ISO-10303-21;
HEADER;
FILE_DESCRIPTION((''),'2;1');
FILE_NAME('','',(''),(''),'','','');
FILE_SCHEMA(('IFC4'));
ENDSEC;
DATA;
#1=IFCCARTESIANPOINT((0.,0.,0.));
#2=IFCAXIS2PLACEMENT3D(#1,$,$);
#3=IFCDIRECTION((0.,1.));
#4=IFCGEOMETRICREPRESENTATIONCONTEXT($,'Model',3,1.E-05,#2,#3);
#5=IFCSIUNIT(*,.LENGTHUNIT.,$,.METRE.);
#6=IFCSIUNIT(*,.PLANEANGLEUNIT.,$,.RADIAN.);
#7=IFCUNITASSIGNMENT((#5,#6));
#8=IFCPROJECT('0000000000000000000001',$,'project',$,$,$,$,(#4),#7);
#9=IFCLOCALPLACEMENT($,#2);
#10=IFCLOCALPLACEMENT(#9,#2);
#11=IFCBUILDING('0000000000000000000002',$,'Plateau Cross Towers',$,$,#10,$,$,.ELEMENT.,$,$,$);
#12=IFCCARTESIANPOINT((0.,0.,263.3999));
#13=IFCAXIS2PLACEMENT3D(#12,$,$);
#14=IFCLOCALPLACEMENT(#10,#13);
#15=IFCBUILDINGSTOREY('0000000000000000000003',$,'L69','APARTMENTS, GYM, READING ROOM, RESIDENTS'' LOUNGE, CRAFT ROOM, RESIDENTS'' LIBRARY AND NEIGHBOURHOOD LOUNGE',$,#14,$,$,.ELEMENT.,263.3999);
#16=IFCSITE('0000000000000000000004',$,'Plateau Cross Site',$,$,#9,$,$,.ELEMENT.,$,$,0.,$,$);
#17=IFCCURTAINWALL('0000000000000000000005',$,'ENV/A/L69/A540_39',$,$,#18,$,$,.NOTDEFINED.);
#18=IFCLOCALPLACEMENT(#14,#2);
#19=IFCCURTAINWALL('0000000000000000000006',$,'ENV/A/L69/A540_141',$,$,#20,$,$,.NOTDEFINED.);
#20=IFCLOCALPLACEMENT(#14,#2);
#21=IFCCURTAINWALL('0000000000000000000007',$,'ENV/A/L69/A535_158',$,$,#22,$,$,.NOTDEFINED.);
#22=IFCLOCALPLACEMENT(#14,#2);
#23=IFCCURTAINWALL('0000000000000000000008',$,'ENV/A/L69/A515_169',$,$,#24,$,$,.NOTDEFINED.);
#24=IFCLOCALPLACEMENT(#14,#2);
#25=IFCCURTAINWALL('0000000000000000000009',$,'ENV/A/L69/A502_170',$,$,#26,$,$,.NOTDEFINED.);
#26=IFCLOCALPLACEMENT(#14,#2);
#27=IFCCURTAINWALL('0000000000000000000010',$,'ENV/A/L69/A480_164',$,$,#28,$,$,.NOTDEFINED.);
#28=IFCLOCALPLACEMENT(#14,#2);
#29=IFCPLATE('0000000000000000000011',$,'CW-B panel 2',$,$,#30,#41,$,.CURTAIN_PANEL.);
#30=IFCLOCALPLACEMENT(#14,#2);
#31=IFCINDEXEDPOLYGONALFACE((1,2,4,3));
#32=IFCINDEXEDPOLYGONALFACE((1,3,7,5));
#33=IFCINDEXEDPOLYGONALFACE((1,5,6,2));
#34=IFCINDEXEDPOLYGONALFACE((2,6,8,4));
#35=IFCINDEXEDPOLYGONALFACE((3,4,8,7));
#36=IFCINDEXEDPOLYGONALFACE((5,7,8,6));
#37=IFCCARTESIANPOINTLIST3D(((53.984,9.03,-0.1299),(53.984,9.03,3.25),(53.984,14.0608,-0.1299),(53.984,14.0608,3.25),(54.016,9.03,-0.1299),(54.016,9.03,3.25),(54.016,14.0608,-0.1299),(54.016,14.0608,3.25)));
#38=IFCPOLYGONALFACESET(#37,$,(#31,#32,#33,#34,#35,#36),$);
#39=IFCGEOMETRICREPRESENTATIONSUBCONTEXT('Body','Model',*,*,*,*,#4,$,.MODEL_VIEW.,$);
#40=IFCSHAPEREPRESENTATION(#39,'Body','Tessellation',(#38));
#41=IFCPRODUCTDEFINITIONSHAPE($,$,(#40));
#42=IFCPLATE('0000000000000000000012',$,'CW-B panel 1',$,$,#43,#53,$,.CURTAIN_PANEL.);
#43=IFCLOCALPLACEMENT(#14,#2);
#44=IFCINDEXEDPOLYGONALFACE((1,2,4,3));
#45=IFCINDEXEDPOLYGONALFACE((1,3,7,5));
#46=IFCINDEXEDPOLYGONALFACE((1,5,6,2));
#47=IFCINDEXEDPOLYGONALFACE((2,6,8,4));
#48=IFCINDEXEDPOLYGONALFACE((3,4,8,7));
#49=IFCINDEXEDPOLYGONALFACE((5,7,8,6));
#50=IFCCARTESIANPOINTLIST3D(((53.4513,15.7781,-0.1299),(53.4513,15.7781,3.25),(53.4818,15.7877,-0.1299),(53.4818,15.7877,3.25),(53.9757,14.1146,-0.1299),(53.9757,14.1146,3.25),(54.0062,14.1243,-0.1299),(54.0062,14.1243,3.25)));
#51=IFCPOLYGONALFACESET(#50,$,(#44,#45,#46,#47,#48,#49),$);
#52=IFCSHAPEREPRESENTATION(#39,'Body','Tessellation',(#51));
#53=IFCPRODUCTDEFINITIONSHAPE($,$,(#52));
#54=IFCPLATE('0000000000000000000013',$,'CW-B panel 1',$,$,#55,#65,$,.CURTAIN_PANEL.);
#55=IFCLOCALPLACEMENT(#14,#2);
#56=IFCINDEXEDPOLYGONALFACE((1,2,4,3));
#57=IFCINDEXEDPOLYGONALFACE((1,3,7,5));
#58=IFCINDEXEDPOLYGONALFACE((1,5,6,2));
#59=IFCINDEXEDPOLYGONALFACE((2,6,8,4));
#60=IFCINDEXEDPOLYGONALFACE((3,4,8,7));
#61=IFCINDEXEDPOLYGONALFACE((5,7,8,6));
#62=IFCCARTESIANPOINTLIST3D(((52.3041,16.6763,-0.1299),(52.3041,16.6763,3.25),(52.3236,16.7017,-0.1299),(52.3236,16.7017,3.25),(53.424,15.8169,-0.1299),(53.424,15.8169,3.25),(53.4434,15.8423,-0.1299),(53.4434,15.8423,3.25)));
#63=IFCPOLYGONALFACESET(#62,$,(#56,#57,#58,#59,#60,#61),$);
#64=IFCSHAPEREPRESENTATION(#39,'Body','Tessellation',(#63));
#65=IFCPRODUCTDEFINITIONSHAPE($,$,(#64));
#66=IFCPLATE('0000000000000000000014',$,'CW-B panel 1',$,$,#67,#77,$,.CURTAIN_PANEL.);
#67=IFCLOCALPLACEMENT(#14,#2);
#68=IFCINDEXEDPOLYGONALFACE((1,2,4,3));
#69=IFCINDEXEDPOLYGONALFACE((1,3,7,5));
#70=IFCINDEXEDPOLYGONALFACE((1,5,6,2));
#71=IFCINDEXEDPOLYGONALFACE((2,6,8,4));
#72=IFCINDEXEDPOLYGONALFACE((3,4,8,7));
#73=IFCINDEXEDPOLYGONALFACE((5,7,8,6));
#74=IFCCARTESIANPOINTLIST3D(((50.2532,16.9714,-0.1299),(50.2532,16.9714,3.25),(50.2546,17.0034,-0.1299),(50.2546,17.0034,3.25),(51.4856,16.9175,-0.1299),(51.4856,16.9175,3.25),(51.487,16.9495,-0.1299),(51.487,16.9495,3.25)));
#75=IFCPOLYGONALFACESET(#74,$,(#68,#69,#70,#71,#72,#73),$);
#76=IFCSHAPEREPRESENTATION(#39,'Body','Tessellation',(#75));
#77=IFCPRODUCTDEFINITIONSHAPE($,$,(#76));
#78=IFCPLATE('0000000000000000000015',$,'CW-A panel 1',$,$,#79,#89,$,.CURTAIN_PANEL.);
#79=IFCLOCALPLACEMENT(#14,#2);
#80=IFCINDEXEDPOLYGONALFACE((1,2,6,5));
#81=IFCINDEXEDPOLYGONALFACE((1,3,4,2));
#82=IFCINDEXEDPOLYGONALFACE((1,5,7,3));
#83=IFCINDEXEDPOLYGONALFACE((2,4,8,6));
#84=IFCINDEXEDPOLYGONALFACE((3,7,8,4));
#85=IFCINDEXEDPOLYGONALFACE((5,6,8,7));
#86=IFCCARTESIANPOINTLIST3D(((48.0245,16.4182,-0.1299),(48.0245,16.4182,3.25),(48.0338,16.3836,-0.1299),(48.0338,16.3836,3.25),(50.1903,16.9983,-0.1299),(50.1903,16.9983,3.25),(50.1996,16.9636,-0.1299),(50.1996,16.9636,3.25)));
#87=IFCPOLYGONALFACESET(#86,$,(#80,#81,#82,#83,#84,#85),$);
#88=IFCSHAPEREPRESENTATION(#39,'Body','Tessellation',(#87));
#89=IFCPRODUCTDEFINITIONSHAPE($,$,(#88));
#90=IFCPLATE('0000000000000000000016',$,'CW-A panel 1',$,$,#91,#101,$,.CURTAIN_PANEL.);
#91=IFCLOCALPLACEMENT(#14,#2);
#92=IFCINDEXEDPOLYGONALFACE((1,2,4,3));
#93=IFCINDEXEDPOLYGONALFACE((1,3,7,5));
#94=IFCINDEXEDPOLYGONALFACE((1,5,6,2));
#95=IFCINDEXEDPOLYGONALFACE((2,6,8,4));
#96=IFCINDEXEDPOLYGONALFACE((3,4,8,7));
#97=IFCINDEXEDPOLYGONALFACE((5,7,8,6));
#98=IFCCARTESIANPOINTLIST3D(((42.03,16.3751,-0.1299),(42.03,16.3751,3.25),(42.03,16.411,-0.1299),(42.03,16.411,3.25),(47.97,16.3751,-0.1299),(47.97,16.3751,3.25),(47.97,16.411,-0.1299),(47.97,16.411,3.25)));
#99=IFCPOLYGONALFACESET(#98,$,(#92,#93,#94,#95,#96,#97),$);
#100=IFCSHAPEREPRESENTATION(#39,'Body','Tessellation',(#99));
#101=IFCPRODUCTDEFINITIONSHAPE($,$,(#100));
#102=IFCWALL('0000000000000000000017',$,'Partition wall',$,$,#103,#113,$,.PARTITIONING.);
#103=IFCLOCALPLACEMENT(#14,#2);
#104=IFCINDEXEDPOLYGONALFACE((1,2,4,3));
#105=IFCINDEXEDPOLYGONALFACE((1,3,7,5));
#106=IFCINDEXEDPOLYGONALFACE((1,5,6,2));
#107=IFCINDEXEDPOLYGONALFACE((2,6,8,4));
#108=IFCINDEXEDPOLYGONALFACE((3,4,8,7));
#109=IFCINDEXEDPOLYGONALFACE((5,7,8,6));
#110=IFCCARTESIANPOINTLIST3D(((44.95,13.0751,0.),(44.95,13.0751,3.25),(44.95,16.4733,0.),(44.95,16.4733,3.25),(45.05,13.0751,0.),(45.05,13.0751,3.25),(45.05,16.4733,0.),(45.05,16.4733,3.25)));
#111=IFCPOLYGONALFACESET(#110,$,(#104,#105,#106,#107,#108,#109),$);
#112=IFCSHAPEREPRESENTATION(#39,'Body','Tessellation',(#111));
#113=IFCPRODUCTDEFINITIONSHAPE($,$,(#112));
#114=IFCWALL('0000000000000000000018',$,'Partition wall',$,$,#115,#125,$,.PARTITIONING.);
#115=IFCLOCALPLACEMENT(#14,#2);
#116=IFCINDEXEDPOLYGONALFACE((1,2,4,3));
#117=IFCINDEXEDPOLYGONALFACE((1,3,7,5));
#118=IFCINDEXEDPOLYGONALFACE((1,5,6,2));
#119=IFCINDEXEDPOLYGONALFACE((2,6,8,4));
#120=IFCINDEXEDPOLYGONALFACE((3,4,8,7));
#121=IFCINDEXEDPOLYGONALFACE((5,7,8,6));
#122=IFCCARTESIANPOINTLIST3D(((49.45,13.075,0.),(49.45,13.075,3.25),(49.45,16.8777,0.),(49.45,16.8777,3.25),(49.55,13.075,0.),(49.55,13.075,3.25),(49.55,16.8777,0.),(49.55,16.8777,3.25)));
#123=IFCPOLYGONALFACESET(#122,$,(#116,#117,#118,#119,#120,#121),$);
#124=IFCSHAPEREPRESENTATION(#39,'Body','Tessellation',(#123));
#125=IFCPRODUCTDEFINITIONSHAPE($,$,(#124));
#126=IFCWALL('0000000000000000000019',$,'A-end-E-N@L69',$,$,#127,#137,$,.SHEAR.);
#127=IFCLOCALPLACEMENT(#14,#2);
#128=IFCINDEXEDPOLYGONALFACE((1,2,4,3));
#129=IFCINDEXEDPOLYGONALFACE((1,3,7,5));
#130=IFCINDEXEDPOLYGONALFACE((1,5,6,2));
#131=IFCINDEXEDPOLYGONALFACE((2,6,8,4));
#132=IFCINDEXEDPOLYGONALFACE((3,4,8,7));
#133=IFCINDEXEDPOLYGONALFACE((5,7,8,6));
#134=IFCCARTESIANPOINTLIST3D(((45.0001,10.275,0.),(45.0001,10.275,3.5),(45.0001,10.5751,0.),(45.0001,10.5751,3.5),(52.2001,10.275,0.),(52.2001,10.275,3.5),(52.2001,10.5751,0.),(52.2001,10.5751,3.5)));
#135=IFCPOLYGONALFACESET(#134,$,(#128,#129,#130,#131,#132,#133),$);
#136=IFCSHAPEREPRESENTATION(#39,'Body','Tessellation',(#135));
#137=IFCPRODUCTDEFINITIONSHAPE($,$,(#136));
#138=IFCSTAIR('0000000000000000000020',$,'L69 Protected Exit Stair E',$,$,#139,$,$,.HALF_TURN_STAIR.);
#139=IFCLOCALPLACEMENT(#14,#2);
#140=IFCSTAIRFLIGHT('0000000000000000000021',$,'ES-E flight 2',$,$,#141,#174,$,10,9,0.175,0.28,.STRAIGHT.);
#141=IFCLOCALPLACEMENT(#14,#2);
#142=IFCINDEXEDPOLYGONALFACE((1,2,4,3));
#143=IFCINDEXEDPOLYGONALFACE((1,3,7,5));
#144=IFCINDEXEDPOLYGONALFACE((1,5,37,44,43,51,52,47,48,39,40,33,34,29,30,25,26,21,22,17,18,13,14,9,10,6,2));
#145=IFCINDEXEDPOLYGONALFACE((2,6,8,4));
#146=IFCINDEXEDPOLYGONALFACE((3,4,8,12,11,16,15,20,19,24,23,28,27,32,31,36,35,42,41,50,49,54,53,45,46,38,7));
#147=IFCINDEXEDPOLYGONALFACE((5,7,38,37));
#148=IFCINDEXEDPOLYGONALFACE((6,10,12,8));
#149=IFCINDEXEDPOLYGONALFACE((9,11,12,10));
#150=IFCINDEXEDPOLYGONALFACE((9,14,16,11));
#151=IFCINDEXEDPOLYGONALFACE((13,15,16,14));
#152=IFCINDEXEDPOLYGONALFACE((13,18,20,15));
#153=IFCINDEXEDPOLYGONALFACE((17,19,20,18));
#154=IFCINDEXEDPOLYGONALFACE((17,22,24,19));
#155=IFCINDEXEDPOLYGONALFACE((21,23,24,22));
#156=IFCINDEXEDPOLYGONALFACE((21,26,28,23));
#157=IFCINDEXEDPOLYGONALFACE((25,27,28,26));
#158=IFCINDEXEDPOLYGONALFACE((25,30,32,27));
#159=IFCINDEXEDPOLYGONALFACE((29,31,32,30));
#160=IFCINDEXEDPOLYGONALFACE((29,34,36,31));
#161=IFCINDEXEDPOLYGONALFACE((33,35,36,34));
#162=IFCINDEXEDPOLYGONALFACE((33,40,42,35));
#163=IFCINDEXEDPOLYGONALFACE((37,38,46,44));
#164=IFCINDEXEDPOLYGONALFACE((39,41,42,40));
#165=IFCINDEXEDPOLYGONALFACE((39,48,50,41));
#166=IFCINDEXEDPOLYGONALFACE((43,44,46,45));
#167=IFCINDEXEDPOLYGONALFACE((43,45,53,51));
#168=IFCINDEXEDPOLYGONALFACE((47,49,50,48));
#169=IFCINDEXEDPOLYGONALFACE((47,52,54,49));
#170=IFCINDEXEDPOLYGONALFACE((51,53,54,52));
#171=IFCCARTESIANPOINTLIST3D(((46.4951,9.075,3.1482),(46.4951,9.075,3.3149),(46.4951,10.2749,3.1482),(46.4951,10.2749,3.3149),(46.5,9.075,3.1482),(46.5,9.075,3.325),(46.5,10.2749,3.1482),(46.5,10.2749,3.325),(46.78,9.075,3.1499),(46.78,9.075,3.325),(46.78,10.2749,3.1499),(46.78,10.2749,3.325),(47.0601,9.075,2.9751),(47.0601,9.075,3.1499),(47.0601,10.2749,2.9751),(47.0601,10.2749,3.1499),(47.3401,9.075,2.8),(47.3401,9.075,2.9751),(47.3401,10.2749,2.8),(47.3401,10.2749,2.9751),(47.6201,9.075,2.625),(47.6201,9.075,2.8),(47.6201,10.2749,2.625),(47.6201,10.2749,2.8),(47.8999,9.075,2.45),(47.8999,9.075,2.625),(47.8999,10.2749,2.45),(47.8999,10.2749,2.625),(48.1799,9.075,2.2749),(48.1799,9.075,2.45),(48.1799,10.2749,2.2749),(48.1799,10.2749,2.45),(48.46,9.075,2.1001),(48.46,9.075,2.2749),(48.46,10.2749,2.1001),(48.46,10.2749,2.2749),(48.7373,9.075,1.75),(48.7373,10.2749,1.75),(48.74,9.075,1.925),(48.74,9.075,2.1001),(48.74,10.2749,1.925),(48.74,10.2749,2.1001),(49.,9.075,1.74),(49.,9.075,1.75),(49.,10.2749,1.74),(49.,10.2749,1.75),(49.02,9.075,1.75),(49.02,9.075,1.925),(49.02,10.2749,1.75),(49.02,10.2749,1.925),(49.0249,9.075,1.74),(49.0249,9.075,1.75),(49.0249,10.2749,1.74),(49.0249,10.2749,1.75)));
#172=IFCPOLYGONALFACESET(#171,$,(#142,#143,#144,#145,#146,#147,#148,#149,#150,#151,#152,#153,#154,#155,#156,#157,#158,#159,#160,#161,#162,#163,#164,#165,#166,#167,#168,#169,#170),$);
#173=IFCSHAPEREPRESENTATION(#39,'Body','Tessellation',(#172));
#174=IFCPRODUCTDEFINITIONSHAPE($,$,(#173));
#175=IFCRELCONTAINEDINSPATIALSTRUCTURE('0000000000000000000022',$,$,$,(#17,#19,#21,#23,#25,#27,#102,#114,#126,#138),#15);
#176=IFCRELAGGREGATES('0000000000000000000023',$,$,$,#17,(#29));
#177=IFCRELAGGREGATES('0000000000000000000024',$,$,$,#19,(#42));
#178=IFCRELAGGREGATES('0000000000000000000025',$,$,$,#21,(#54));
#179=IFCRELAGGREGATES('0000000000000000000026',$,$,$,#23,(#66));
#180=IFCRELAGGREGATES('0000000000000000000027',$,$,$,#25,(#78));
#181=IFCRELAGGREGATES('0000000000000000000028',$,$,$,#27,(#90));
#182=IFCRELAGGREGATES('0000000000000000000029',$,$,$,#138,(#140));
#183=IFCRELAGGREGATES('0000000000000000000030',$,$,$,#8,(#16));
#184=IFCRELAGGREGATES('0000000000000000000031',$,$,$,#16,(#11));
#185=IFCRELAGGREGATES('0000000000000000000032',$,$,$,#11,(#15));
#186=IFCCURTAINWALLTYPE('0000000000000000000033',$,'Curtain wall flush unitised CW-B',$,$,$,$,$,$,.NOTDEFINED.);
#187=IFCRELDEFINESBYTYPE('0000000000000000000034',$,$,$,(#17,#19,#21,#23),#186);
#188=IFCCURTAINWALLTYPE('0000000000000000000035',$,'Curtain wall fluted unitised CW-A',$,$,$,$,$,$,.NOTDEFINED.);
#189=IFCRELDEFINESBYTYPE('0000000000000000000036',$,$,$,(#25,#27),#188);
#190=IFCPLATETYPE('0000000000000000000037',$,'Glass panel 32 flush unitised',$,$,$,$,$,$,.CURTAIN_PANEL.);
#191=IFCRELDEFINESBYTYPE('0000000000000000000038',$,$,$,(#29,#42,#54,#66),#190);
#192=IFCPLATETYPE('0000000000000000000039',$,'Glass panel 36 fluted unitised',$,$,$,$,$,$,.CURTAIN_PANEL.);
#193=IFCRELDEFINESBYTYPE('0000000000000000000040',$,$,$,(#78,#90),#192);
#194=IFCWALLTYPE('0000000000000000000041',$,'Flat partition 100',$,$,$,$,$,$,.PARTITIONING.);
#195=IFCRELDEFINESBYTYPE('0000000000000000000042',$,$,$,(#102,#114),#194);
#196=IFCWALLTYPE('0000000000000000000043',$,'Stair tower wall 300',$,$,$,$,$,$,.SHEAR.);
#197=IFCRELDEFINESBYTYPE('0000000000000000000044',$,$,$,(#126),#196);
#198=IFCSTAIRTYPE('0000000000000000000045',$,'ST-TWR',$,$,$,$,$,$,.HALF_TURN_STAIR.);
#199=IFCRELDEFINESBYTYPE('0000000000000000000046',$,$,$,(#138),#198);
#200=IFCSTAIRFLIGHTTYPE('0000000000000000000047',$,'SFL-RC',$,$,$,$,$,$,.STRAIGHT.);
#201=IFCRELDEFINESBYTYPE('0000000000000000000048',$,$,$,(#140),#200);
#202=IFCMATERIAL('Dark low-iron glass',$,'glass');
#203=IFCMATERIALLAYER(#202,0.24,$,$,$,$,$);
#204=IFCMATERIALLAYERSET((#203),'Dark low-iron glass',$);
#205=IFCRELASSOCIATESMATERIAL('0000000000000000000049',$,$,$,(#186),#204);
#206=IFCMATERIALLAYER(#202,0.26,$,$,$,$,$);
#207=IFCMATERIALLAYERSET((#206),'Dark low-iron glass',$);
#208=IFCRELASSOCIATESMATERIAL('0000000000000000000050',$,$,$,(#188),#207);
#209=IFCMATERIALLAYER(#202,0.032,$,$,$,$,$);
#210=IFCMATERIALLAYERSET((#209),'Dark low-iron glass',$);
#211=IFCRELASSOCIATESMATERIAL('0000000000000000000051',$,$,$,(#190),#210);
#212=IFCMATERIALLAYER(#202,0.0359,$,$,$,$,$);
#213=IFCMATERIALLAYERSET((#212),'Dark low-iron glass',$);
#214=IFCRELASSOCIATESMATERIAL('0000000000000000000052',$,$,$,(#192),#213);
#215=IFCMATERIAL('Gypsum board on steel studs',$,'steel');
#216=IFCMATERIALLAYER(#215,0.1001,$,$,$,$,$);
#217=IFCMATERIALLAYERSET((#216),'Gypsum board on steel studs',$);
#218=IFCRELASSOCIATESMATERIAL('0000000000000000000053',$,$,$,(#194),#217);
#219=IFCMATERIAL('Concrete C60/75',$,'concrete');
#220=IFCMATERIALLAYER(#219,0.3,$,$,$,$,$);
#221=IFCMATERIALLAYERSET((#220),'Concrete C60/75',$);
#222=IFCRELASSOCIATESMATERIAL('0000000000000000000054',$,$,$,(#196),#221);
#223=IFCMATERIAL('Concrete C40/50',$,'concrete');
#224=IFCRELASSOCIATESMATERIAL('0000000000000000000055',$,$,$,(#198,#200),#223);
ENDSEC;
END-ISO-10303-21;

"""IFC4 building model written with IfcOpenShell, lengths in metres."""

from ifc_helpers import new_model, si_unit, direction, frame, frame_2d, origin, origin_2d, place, context, subcontext, project, spatial, polyline, rectangle, outline, extrude, material, layer, layer_set, type_object, element, aggregate, save


model = new_model("IFC4")

# Units and contexts
model_context = context("Model", 3, precision=1e-05, world=origin(), true_north=direction((0.0, 1.0)))
body_context = subcontext(model_context, "Body", "Model", "MODEL_VIEW")
ifc_project = project(units=[si_unit("LENGTHUNIT", "METRE"), si_unit("PLANEANGLEUNIT", "RADIAN")], contexts=[model_context])

# Site, building, storey
site_placement = place(None, origin())
site = spatial("IfcSite", under=ifc_project, at=site_placement, Name="Plateau Cross Site", CompositionType="ELEMENT", RefElevation=0.0)
building_placement = place(site_placement, origin())
building = spatial("IfcBuilding", under=site, at=building_placement, Name="Plateau Cross Towers", CompositionType="ELEMENT")
storey_placement = place(building_placement, frame((0.0, 0.0, 263.3999)))
storey = spatial("IfcBuildingStorey", under=building, at=storey_placement, Name="L69", Description="APARTMENTS, GYM, READING ROOM, RESIDENTS' LOUNGE, CRAFT ROOM, RESIDENTS' LIBRARY AND NEIGHBOURHOOD LOUNGE", CompositionType="ELEMENT", Elevation=263.3999)

# Shared definitions
ifc_material_1 = material(Name="Concrete C60/75", Category="concrete")

# Curtain walls
ifc_material_2 = material(Name="Dark low-iron glass", Category="glass")
ifc_layer_1 = layer(ifc_material_2, 0.24)
ifc_layer_set_1 = layer_set([ifc_layer_1], Name="Dark low-iron glass")
curtain_wall_type_1 = type_object("IfcCurtainWallType", Name="Curtain wall flush unitised CW-B", PredefinedType="NOTDEFINED", material=ifc_layer_set_1)
curtain_wall_1_placement = place(storey_placement, origin())
curtain_wall_1 = element("IfcCurtainWall", 1, at=curtain_wall_1_placement, inside=storey, type_object=curtain_wall_type_1, Name="ENV/A/L69/A540_39", PredefinedType="NOTDEFINED")
curtain_wall_2_placement = place(storey_placement, origin())
curtain_wall_2 = element("IfcCurtainWall", 2, at=curtain_wall_2_placement, inside=storey, type_object=curtain_wall_type_1, Name="ENV/A/L69/A540_141", PredefinedType="NOTDEFINED")

# Curtain wall
curtain_wall_3_placement = place(storey_placement, origin())
curtain_wall_3 = element("IfcCurtainWall", 3, at=curtain_wall_3_placement, inside=storey, type_object=curtain_wall_type_1, Name="ENV/A/L69/A535_158", PredefinedType="NOTDEFINED")

# Curtain walls
curtain_wall_4_placement = place(storey_placement, origin())
curtain_wall_4 = element("IfcCurtainWall", 4, at=curtain_wall_4_placement, inside=storey, type_object=curtain_wall_type_1, Name="ENV/A/L69/A515_169", PredefinedType="NOTDEFINED")
ifc_layer_2 = layer(ifc_material_2, 0.26)
ifc_layer_set_2 = layer_set([ifc_layer_2], Name="Dark low-iron glass")
curtain_wall_type_2 = type_object("IfcCurtainWallType", Name="Curtain wall fluted unitised CW-A", PredefinedType="NOTDEFINED", material=ifc_layer_set_2)
curtain_wall_5_placement = place(storey_placement, origin())
curtain_wall_5 = element("IfcCurtainWall", 5, at=curtain_wall_5_placement, inside=storey, type_object=curtain_wall_type_2, Name="ENV/A/L69/A502_170", PredefinedType="NOTDEFINED")
curtain_wall_6_placement = place(storey_placement, origin())
curtain_wall_6 = element("IfcCurtainWall", 6, at=curtain_wall_6_placement, inside=storey, type_object=curtain_wall_type_2, Name="ENV/A/L69/A480_164", PredefinedType="NOTDEFINED")

# Plates
ifc_layer_3 = layer(ifc_material_2, 0.032)
ifc_layer_set_3 = layer_set([ifc_layer_3], Name="Dark low-iron glass")
plate_type_1 = type_object("IfcPlateType", Name="Glass panel 32 flush unitised", PredefinedType="CURTAIN_PANEL", material=ifc_layer_set_3)
plate_1_placement = place(storey_placement, frame((54.0, 11.5454, -0.1299), z_axis=(0.0, 0.0, 1.0), x_axis=(0.0, 1.0, 0.0)))
plate_1 = element("IfcPlate", 7, at=plate_1_placement, type_object=plate_type_1, Name="CW-B panel 2", PredefinedType="CURTAIN_PANEL", context=body_context, shape_type="SweptSolid", body=[
    extrude(rectangle(XDim=5.0308, YDim=0.032, at=origin_2d()), origin(), (0.0, 0.0, 1.0), 3.3799),
])
aggregate(curtain_wall_1, [plate_1])
plate_2_placement = place(storey_placement, frame((53.7288, 14.9512, -0.1299), z_axis=(0.0, 0.0, 1.0), x_axis=(-0.300686, 0.953723, 0.0)))
plate_2 = element("IfcPlate", 8, at=plate_2_placement, type_object=plate_type_1, Name="CW-B panel 1", PredefinedType="CURTAIN_PANEL", context=body_context, shape_type="SweptSolid", body=[
    extrude(rectangle(XDim=1.7441, YDim=0.032, at=origin_2d()), origin(), (0.0, 0.0, 1.0), 3.3799),
])
aggregate(curtain_wall_2, [plate_2])
plate_3_placement = place(storey_placement, frame((52.8738, 16.2593, -0.1299), z_axis=(0.0, 0.0, 1.0), x_axis=(-0.793316, 0.608811, 0.0)))
plate_3 = element("IfcPlate", 9, at=plate_3_placement, type_object=plate_type_1, Name="CW-B panel 1", PredefinedType="CURTAIN_PANEL", context=body_context, shape_type="SweptSolid", body=[
    extrude(rectangle(XDim=1.4116, YDim=0.032, at=origin_2d()), origin(), (0.0, 0.0, 1.0), 3.3799),
])
aggregate(curtain_wall_3, [plate_3])
plate_4_placement = place(storey_placement, frame((50.8701, 16.9604, -0.1299), z_axis=(0.0, 0.0, 1.0), x_axis=(-0.999044, 0.043723, 0.0)))
plate_4 = element("IfcPlate", 10, at=plate_4_placement, type_object=plate_type_1, Name="CW-B panel 1", PredefinedType="CURTAIN_PANEL", context=body_context, shape_type="SweptSolid", body=[
    extrude(rectangle(XDim=1.2336, YDim=0.032, at=origin_2d()), origin(), (0.0, 0.0, 1.0), 3.3799),
])
aggregate(curtain_wall_4, [plate_4])
ifc_layer_4 = layer(ifc_material_2, 0.0359)
ifc_layer_set_4 = layer_set([ifc_layer_4], Name="Dark low-iron glass")
plate_type_2 = type_object("IfcPlateType", Name="Glass panel 36 fluted unitised", PredefinedType="CURTAIN_PANEL", material=ifc_layer_set_4)
plate_5_placement = place(storey_placement, frame((49.1121, 16.6909, -0.1299), z_axis=(0.0, 0.0, 1.0), x_axis=(-0.965958, -0.258699, 0.0)))
plate_5 = element("IfcPlate", 11, at=plate_5_placement, type_object=plate_type_2, Name="CW-A panel 1", PredefinedType="CURTAIN_PANEL", context=body_context, shape_type="SweptSolid", body=[
    extrude(rectangle(XDim=2.2422, YDim=0.0359, at=origin_2d()), origin(), (0.0, 0.0, 1.0), 3.3799),
])
aggregate(curtain_wall_5, [plate_5])
plate_6_placement = place(storey_placement, frame((45.0, 16.3931, -0.1299), z_axis=(0.0, 0.0, 1.0), x_axis=(-1.0, 0.0, 0.0)))
plate_6 = element("IfcPlate", 12, at=plate_6_placement, type_object=plate_type_2, Name="CW-A panel 1", PredefinedType="CURTAIN_PANEL", context=body_context, shape_type="SweptSolid", body=[
    extrude(rectangle(XDim=5.9399, YDim=0.0359, at=origin_2d()), origin(), (0.0, 0.0, 1.0), 3.3799),
])
aggregate(curtain_wall_6, [plate_6])

# Walls
ifc_material_3 = material(Name="Gypsum board on steel studs", Category="steel")
ifc_layer_5 = layer(ifc_material_3, 0.1001)
ifc_layer_set_5 = layer_set([ifc_layer_5], Name="Gypsum board on steel studs")
wall_type_1 = type_object("IfcWallType", Name="Flat partition 100", PredefinedType="PARTITIONING", material=ifc_layer_set_5)
wall_1_placement = place(storey_placement, frame((45.0, 13.075, 0.0), z_axis=(0.0, 0.0, 1.0), x_axis=(0.0, 1.0, 0.0)))
element("IfcWall", 13, at=wall_1_placement, inside=storey, type_object=wall_type_1, Name="Partition wall", PredefinedType="PARTITIONING", context=body_context, shape_type="SweptSolid", body=[
    extrude(rectangle(XDim=3.3982, YDim=0.1001, at=frame_2d((1.6992, 0.0))), origin(), (0.0, 0.0, 1.0), 3.25),
])
wall_2_placement = place(storey_placement, frame((49.5, 13.075, 0.0), z_axis=(0.0, 0.0, 1.0), x_axis=(0.0, 1.0, 0.0)))
element("IfcWall", 14, at=wall_2_placement, inside=storey, type_object=wall_type_1, Name="Partition wall", PredefinedType="PARTITIONING", context=body_context, shape_type="SweptSolid", body=[
    extrude(rectangle(XDim=3.8027, YDim=0.1001, at=frame_2d((1.9014, 0.0))), origin(), (0.0, 0.0, 1.0), 3.25),
])
ifc_layer_6 = layer(ifc_material_1, 0.3)
ifc_layer_set_6 = layer_set([ifc_layer_6], Name="Concrete C60/75")
wall_type_2 = type_object("IfcWallType", Name="Stair tower wall 300", PredefinedType="SHEAR", material=ifc_layer_set_6)
wall_3_placement = place(storey_placement, frame((45.0, 10.425, 0.0), z_axis=(0.0, 0.0, 1.0), x_axis=(1.0, 0.0, 0.0)))
element("IfcWall", 15, at=wall_3_placement, inside=storey, type_object=wall_type_2, Name="A-end-E-N@L69", PredefinedType="SHEAR", context=body_context, shape_type="SweptSolid", body=[
    extrude(rectangle(XDim=7.2, YDim=0.3, at=frame_2d((3.6001, 0.0))), origin(), (0.0, 0.0, 1.0), 3.5),
])

# Stair, stair flight
ifc_material_4 = material(Name="Concrete C40/50", Category="concrete")
stair_type = type_object("IfcStairType", Name="ST-TWR", PredefinedType="HALF_TURN_STAIR", material=ifc_material_4)
stair_placement = place(storey_placement, origin())
stair = element("IfcStair", 16, at=stair_placement, inside=storey, type_object=stair_type, Name="L69 Protected Exit Stair E", PredefinedType="HALF_TURN_STAIR")
stair_flight_type = type_object("IfcStairFlightType", Name="SFL-RC", PredefinedType="STRAIGHT", material=ifc_material_4)
stair_flight_placement = place(storey_placement, frame((49.02, 9.675, 1.75), z_axis=(0.0, 0.0, 1.0), x_axis=(-1.0, 0.0, 0.0)))
stair_flight = element("IfcStairFlight", 17, at=stair_flight_placement, type_object=stair_flight_type, Name="ES-E flight 2", NumberOfRisers=10, NumberOfTreads=9, PredefinedType="STRAIGHT", RiserHeight=0.175, TreadLength=0.28, context=body_context, shape_type="SweptSolid", body=[
    extrude(outline(polyline([(-0.0049, -0.01), (-0.0049, 0.0), (0.0, 0.0), (0.0, 0.175), (0.28, 0.175), (0.28, 0.3501), (0.5601, 0.3501), (0.5601, 0.5249), (0.8401, 0.5249), (0.8401, 0.7), (1.1201, 0.7), (1.1201, 0.875), (1.3999, 0.875), (1.3999, 1.05), (1.6799, 1.05), (1.6799, 1.2251), (1.96, 1.2251), (1.96, 1.3999), (2.24, 1.3999), (2.24, 1.575), (2.52, 1.575), (2.5249, 1.5649), (2.5249, 1.3982), (2.52, 1.3982), (0.2827, 0.0), (0.02, 0.0), (0.02, -0.01), (-0.0049, -0.01)])), frame((0.0, 0.6001, 0.0), z_axis=(0.0, -1.0, 0.0), x_axis=(1.0, 0.0, 0.0)), (0.0, 0.0, 1.0), 1.2),
])
aggregate(stair, [stair_flight])

save(model, "model.ifc")
